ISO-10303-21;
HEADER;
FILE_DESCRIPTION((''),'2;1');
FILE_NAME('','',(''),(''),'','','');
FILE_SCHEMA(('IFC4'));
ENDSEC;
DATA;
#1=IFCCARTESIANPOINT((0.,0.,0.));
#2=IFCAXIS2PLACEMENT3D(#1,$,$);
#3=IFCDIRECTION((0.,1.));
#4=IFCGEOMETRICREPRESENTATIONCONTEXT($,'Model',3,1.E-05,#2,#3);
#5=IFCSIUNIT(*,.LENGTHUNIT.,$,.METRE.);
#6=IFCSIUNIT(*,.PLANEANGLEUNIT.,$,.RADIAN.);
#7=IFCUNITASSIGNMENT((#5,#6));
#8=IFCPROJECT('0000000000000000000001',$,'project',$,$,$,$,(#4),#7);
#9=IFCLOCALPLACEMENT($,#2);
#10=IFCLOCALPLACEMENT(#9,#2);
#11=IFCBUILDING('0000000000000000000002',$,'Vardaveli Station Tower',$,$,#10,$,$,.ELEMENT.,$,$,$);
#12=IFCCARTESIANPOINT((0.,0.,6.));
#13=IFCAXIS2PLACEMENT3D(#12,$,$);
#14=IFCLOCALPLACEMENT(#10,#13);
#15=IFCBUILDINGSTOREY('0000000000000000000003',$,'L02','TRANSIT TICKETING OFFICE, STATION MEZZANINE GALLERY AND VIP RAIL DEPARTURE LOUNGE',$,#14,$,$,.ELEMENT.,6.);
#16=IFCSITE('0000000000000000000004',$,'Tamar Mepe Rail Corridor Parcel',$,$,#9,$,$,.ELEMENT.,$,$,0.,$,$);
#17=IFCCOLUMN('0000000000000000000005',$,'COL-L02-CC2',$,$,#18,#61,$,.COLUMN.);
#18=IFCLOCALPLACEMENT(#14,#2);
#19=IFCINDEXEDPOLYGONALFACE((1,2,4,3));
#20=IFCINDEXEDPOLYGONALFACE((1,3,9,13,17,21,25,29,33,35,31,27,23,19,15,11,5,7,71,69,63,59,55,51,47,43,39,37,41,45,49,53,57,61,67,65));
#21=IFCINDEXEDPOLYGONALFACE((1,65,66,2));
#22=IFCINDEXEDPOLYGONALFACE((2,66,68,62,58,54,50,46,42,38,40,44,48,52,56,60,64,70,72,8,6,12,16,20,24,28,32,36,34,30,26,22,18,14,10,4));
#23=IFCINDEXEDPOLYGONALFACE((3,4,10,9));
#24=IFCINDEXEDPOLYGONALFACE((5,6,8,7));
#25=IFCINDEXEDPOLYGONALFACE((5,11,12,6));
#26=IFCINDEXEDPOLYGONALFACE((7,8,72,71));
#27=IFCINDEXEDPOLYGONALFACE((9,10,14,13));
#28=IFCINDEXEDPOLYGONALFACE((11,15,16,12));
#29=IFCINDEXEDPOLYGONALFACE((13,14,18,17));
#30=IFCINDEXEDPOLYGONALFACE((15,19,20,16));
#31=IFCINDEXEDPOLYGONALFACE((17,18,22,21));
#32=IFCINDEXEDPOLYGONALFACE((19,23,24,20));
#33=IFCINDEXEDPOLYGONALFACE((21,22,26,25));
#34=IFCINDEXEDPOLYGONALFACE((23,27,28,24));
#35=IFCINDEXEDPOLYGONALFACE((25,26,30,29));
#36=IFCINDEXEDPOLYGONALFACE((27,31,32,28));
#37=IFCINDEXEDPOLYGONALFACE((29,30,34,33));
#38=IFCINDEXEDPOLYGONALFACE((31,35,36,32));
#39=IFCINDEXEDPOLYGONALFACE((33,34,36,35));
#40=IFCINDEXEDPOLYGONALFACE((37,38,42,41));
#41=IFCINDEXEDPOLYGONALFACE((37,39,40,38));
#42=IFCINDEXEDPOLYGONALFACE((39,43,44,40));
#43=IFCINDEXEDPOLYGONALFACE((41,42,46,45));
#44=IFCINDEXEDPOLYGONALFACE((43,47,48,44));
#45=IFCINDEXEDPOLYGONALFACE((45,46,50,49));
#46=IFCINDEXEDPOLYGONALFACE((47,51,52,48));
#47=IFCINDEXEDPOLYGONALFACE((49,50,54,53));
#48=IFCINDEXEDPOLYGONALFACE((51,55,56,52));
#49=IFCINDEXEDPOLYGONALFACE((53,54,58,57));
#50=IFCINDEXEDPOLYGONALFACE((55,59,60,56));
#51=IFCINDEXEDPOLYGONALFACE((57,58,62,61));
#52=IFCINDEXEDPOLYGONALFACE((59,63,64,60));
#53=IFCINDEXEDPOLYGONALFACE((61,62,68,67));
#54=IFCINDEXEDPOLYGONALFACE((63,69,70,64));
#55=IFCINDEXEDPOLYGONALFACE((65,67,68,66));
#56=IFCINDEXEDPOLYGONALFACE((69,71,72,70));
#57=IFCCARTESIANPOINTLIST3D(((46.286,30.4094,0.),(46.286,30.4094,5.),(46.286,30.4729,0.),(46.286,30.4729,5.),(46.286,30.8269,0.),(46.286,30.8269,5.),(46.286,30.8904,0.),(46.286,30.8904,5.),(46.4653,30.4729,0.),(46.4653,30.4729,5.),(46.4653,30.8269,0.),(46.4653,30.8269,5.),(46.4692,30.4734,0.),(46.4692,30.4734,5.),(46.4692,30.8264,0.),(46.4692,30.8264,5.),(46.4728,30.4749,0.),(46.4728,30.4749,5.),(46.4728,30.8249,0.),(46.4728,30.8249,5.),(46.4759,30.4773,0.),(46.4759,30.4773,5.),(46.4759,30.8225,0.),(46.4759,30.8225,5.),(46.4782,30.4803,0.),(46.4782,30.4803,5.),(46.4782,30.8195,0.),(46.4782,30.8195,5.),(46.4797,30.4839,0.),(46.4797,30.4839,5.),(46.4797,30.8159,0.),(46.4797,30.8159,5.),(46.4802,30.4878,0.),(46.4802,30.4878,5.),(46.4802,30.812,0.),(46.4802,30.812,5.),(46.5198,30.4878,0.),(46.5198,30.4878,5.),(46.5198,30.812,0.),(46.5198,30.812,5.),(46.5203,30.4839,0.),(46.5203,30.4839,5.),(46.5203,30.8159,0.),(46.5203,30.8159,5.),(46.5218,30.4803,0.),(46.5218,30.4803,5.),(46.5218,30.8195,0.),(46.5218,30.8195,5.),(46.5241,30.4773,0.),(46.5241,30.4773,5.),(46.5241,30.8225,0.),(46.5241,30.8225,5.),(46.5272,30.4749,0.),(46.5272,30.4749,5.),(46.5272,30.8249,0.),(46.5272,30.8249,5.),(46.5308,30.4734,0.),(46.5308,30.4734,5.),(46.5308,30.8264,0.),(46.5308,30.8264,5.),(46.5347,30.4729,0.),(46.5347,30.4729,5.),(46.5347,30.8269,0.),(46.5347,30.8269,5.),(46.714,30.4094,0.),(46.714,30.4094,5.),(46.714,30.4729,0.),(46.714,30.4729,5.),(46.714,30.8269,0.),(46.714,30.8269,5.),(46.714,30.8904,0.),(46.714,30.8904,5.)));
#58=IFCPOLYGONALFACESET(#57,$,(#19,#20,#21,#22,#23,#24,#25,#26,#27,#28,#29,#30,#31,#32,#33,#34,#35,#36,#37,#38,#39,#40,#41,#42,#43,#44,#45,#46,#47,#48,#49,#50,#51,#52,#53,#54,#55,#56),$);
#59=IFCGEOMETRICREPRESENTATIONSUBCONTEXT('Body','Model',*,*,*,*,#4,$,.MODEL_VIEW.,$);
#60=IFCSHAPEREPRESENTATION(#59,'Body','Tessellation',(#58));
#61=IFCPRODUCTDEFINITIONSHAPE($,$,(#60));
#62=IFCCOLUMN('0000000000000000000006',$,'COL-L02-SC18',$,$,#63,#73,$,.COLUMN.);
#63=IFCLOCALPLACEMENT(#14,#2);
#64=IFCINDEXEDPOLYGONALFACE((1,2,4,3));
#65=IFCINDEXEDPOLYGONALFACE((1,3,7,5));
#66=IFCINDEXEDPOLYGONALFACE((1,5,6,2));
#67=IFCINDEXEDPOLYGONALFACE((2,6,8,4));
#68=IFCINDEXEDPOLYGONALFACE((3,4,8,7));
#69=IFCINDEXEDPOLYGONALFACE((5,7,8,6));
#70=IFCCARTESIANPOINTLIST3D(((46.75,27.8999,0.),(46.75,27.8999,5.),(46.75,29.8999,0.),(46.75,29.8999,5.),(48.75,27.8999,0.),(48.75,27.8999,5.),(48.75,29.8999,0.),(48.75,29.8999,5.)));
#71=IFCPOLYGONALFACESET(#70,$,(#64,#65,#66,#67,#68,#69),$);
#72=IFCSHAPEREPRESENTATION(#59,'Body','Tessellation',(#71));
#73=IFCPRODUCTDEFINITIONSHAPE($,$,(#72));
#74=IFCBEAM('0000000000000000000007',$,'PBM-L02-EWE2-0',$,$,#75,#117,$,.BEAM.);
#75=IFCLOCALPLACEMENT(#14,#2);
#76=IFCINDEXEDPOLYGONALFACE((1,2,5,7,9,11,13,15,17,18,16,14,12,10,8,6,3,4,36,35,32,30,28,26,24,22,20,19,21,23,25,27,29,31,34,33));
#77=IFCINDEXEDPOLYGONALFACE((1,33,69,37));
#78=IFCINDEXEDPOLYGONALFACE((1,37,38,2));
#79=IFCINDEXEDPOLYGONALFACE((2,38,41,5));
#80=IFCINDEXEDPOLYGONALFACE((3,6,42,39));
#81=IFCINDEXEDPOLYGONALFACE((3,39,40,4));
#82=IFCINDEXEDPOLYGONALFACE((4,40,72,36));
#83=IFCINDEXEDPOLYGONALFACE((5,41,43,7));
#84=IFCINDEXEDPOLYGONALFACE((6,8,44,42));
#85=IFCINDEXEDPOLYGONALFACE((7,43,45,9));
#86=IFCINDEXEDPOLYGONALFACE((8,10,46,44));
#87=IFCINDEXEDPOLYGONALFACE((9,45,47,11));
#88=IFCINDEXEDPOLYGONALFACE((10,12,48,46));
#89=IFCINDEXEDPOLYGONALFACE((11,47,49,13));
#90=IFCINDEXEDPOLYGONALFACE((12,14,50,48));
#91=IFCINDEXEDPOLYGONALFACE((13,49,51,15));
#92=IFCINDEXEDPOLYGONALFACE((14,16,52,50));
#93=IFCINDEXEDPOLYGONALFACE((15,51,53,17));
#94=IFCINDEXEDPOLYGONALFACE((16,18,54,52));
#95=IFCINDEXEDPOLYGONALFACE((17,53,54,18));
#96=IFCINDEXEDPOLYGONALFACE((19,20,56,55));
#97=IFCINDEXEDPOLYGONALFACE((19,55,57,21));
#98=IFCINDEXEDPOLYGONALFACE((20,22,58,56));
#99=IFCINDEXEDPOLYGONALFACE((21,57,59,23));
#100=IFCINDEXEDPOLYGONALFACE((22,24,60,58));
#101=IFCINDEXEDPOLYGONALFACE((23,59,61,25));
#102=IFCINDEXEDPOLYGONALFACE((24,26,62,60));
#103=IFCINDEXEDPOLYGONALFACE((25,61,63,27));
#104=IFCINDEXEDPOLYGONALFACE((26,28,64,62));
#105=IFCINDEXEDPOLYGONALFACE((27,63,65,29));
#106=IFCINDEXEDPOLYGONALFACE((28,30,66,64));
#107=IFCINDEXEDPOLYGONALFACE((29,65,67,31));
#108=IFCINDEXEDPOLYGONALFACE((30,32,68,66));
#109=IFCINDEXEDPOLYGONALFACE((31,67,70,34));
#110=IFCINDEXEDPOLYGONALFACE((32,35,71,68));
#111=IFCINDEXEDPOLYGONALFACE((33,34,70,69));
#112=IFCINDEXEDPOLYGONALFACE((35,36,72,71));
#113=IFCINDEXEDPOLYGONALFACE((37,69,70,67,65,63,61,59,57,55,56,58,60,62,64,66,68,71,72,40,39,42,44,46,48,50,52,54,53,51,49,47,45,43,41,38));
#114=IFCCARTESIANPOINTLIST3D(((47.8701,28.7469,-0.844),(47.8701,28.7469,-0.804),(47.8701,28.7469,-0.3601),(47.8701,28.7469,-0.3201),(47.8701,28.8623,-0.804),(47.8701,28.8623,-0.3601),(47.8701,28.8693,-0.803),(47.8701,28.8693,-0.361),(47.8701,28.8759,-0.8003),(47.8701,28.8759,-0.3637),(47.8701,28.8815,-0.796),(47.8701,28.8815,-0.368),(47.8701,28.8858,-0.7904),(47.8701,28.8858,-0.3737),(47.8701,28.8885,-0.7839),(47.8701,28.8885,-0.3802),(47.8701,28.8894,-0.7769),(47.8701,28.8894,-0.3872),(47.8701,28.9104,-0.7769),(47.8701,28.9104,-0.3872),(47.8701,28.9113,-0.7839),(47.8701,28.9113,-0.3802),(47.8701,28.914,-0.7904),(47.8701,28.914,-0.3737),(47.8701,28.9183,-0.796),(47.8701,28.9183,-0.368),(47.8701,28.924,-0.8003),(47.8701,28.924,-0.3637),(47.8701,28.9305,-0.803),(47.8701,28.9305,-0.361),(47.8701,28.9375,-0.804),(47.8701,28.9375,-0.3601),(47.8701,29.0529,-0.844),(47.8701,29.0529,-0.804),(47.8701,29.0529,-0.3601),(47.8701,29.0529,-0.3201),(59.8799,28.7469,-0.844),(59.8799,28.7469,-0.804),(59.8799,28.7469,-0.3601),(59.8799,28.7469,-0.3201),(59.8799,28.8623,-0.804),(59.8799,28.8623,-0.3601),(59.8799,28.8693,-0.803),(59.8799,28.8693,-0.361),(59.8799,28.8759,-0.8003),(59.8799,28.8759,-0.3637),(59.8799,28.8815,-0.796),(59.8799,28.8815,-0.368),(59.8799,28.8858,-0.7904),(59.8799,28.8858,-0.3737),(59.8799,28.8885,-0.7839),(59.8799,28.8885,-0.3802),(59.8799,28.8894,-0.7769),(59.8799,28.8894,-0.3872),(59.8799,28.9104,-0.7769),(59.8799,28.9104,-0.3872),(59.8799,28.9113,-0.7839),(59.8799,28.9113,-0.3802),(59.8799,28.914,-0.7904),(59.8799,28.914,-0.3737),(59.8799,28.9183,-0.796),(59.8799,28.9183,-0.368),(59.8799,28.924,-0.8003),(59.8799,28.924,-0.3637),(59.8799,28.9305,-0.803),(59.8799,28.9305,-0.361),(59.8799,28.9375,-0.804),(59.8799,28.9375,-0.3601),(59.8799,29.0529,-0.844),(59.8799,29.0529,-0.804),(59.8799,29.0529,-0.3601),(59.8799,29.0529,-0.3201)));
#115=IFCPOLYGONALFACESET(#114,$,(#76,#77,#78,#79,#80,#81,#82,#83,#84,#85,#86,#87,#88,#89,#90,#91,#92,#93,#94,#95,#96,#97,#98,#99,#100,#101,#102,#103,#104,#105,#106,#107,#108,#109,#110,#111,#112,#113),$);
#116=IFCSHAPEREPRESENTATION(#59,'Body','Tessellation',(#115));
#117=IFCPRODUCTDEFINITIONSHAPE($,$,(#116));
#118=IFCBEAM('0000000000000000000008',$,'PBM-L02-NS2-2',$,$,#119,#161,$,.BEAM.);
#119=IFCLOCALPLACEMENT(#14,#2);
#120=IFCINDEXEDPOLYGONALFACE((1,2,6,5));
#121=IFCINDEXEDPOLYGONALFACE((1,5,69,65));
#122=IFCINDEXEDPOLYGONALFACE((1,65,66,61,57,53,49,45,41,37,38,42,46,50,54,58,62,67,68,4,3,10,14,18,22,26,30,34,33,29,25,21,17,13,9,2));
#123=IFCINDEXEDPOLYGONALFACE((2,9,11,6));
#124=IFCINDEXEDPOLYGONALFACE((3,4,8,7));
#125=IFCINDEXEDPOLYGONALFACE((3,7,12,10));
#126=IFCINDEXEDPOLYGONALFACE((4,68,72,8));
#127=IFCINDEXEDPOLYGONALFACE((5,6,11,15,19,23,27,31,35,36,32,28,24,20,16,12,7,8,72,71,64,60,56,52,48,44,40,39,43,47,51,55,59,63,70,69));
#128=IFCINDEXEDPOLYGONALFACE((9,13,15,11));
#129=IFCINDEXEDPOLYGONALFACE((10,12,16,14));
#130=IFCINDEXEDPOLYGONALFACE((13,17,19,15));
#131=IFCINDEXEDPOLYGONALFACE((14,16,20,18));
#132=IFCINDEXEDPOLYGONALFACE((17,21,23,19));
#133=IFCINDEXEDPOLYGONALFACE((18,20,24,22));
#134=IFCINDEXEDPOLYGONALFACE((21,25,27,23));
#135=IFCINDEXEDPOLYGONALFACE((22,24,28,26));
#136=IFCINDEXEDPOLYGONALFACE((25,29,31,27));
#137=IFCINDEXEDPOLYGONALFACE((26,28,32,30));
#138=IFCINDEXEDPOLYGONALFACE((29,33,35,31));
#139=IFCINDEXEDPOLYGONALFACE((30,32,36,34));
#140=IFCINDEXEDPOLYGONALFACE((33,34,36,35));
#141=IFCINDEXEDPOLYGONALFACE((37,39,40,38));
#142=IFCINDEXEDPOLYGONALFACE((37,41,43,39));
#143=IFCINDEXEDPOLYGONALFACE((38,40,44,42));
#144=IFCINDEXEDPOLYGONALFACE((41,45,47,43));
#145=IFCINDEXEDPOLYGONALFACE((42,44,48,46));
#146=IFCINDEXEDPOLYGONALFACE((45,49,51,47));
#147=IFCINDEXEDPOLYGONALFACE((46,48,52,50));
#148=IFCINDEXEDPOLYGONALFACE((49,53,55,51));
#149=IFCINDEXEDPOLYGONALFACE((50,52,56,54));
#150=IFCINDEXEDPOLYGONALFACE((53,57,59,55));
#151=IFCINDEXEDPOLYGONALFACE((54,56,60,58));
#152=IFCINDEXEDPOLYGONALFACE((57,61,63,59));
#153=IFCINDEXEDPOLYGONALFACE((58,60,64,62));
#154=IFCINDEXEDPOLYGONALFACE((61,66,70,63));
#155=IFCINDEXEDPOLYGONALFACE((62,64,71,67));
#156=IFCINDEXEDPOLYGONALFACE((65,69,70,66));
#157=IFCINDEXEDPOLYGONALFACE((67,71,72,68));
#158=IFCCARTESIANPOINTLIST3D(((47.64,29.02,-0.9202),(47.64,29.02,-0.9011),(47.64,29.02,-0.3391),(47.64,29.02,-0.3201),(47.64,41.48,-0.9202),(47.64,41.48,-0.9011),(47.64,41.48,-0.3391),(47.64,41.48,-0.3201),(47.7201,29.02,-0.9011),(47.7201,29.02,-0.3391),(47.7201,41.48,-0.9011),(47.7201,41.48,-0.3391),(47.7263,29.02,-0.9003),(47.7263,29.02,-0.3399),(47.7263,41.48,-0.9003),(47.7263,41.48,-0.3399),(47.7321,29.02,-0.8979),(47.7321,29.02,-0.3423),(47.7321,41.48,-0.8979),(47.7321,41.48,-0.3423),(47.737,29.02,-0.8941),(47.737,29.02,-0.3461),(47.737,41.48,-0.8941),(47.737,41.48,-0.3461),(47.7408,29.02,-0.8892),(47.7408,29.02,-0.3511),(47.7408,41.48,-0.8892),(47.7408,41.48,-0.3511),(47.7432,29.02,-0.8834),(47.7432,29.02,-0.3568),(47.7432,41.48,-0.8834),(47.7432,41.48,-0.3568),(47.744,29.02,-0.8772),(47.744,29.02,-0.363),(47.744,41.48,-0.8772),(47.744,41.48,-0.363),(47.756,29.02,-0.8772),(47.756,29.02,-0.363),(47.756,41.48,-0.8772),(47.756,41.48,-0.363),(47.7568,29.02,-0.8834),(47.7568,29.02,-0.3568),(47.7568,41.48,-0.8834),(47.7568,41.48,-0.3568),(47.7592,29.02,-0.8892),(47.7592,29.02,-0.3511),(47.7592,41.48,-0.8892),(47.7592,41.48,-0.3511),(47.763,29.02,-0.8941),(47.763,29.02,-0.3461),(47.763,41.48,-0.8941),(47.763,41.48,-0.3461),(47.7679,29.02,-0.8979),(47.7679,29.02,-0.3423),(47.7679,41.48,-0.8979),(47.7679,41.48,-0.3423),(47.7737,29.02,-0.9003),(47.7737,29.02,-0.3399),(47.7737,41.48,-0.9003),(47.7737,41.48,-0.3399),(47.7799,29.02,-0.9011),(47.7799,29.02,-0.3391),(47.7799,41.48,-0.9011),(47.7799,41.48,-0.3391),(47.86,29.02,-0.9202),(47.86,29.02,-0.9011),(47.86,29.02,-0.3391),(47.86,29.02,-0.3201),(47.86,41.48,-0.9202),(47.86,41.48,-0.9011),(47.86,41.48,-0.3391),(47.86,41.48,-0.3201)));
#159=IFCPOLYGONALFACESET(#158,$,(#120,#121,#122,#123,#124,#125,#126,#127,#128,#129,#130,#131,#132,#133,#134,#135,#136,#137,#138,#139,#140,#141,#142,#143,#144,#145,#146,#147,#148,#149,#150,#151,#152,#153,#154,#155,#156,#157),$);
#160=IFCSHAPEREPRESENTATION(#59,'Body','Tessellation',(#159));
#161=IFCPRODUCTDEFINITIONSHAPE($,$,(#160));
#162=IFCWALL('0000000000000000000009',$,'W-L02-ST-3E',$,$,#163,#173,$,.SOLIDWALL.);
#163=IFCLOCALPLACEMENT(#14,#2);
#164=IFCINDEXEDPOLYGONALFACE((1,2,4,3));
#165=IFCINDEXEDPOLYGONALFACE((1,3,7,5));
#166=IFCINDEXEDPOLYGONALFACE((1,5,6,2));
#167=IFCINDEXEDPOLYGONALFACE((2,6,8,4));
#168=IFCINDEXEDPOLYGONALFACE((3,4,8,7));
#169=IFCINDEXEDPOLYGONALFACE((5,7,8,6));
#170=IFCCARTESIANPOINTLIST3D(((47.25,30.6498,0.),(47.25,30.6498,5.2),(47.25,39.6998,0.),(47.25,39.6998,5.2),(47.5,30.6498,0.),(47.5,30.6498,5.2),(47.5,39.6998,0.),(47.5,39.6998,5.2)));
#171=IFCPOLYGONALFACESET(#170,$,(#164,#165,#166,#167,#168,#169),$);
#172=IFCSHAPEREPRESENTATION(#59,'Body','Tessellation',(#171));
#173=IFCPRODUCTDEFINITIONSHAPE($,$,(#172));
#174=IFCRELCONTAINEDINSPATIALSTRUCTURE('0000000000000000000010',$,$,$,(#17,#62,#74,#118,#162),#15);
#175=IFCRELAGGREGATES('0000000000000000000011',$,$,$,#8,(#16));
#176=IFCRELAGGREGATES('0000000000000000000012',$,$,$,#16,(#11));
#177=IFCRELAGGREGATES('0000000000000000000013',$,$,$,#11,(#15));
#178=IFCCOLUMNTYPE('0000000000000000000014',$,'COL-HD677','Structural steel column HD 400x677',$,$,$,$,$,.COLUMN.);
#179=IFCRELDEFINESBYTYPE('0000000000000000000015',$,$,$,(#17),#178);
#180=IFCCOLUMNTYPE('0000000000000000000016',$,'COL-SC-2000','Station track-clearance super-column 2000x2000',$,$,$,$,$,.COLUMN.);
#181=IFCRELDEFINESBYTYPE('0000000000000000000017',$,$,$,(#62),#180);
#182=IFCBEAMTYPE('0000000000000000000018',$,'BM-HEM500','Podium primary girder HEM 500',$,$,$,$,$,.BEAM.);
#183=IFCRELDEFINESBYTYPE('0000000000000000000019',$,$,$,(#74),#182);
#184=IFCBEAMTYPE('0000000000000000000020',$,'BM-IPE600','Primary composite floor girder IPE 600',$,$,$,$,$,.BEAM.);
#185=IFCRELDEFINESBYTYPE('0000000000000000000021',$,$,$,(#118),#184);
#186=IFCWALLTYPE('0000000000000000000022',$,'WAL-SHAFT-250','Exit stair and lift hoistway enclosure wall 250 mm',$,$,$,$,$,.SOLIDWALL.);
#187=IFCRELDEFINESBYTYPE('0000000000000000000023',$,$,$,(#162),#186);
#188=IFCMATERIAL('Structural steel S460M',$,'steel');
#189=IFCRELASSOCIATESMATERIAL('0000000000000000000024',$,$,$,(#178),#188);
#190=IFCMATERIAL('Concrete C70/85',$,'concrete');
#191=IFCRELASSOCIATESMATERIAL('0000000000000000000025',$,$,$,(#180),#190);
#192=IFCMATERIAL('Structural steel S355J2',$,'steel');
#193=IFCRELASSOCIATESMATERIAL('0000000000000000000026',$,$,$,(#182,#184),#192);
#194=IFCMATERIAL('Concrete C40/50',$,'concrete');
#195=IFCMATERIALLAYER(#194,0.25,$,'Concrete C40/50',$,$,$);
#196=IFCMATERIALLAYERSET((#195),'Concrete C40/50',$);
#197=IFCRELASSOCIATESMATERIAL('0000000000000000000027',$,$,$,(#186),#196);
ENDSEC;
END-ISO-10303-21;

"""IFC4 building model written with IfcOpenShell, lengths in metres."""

from ifc_helpers import new_model, si_unit, direction, frame, frame_2d, origin, origin_2d, place, context, subcontext, project, spatial, rectangle, i_section, extrude, source, transform, mapped, material, layer, layer_set, material_profile, profile_set, type_object, element, save


model = new_model("IFC4")

# Units and contexts
model_context = context("Model", 3, precision=1e-05, world=origin(), true_north=direction((0.0, 1.0)))
body_context = subcontext(model_context, "Body", "Model", "MODEL_VIEW")
ifc_project = project(units=[si_unit("LENGTHUNIT", "METRE"), si_unit("PLANEANGLEUNIT", "RADIAN")], contexts=[model_context])

# Site, building, storey
site_placement = place(None, origin())
site = spatial("IfcSite", under=ifc_project, at=site_placement, Name="Tamar Mepe Rail Corridor Parcel", CompositionType="ELEMENT", RefElevation=0.0)
building_placement = place(site_placement, origin())
building = spatial("IfcBuilding", under=site, at=building_placement, Name="Vardaveli Station Tower", CompositionType="ELEMENT")
storey_placement = place(building_placement, frame((0.0, 0.0, 6.0)))
storey = spatial("IfcBuildingStorey", under=building, at=storey_placement, Name="L02", Description="TRANSIT TICKETING OFFICE, STATION MEZZANINE GALLERY AND VIP RAIL DEPARTURE LOUNGE", CompositionType="ELEMENT", Elevation=6.0)

# Columns
ifc_material_1 = material(Name="Structural steel S460M", Category="steel")
ifc_material_profile_1 = material_profile(ifc_material_1, i_section(OverallWidth=0.428, OverallDepth=0.481, WebThickness=0.0396, FlangeThickness=0.0635, FilletRadius=0.0149, at=origin_2d()), Name="HD 400x677")
ifc_profile_set_1 = profile_set([ifc_material_profile_1], Name="Structural steel S460M")
column_type_1 = type_object("IfcColumnType", Name="COL-HD677", Description="Structural steel column HD 400x677", PredefinedType="COLUMN", material=ifc_profile_set_1)
shared_shape_1 = source(origin(), body_context, "Body", "SweptSolid", [
    extrude(i_section(OverallWidth=0.428, OverallDepth=0.481, WebThickness=0.0396, FlangeThickness=0.0635, FilletRadius=0.0149, at=origin_2d()), origin(), (0.0, 0.0, 1.0), 5.0),
])
column_1_placement = place(storey_placement, frame((46.5, 30.6499, 0.0), z_axis=(0.0, 0.0, 1.0), x_axis=(1.0, 0.0, 0.0)))
element("IfcColumn", 1, at=column_1_placement, inside=storey, type_object=column_type_1, Name="COL-L02-CC2", PredefinedType="COLUMN", context=body_context, shape_type="MappedRepresentation", body=[
    mapped(shared_shape_1, transform((0.0, 0.0, 0.0), scale=1.0)),
])
ifc_material_2 = material(Name="Concrete C70/85", Category="concrete")
ifc_material_profile_2 = material_profile(ifc_material_2, rectangle(XDim=2.0, YDim=2.0, at=origin_2d()), Name="SC 2000x2000")
ifc_profile_set_2 = profile_set([ifc_material_profile_2], Name="Concrete C70/85")
column_type_2 = type_object("IfcColumnType", Name="COL-SC-2000", Description="Station track-clearance super-column 2000x2000", PredefinedType="COLUMN", material=ifc_profile_set_2)
shared_shape_2 = source(origin(), body_context, "Body", "SweptSolid", [
    extrude(rectangle(XDim=2.0, YDim=2.0, at=origin_2d()), origin(), (0.0, 0.0, 1.0), 5.0),
])
column_2_placement = place(storey_placement, frame((47.75, 28.8999, 0.0), z_axis=(0.0, 0.0, 1.0), x_axis=(1.0, 0.0, 0.0)))
element("IfcColumn", 2, at=column_2_placement, inside=storey, type_object=column_type_2, Name="COL-L02-SC18", PredefinedType="COLUMN", context=body_context, shape_type="MappedRepresentation", body=[
    mapped(shared_shape_2, transform((0.0, 0.0, 0.0), scale=1.0)),
])

# Beams
ifc_material_3 = material(Name="Structural steel S355J2", Category="steel")
ifc_material_profile_3 = material_profile(ifc_material_3, i_section(OverallWidth=0.3059, OverallDepth=0.5239, WebThickness=0.021, FlangeThickness=0.04, FilletRadius=0.0271, at=origin_2d()), Name="HEM 500")
ifc_profile_set_3 = profile_set([ifc_material_profile_3], Name="Structural steel S355J2")
beam_type_1 = type_object("IfcBeamType", Name="BM-HEM500", Description="Podium primary girder HEM 500", PredefinedType="BEAM", material=ifc_profile_set_3)
shared_shape_3 = source(origin(), body_context, "Body", "SweptSolid", [
    extrude(i_section(OverallWidth=0.3059, OverallDepth=0.5239, WebThickness=0.021, FlangeThickness=0.04, FilletRadius=0.0271, at=origin_2d()), origin(), (0.0, 0.0, 1.0), 12.0098),
])
beam_1_placement = place(storey_placement, frame((47.8701, 28.8999, -0.582), z_axis=(1.0, 0.0, 0.0), x_axis=(0.0, 1.0, 0.0)))
element("IfcBeam", 3, at=beam_1_placement, inside=storey, type_object=beam_type_1, Name="PBM-L02-EWE2-0", PredefinedType="BEAM", context=body_context, shape_type="MappedRepresentation", body=[
    mapped(shared_shape_3, transform((0.0, 0.0, 0.0), scale=1.0)),
])
ifc_material_profile_4 = material_profile(ifc_material_3, i_section(OverallWidth=0.22, OverallDepth=0.6001, WebThickness=0.012, FlangeThickness=0.019, FilletRadius=0.0239, at=origin_2d()), Name="IPE 600")
ifc_profile_set_4 = profile_set([ifc_material_profile_4], Name="Structural steel S355J2")
beam_type_2 = type_object("IfcBeamType", Name="BM-IPE600", Description="Primary composite floor girder IPE 600", PredefinedType="BEAM", material=ifc_profile_set_4)
shared_shape_4 = source(origin(), body_context, "Body", "SweptSolid", [
    extrude(i_section(OverallWidth=0.22, OverallDepth=0.6001, WebThickness=0.012, FlangeThickness=0.019, FilletRadius=0.0239, at=origin_2d()), origin(), (0.0, 0.0, 1.0), 12.46),
])
beam_2_placement = place(storey_placement, frame((47.75, 29.02, -0.6201), z_axis=(0.0, 1.0, 0.0), x_axis=(-1.0, 0.0, 0.0)))
element("IfcBeam", 4, at=beam_2_placement, inside=storey, type_object=beam_type_2, Name="PBM-L02-NS2-2", PredefinedType="BEAM", context=body_context, shape_type="MappedRepresentation", body=[
    mapped(shared_shape_4, transform((0.0, 0.0, 0.0), scale=1.0)),
])

# Wall
ifc_material_4 = material(Name="Concrete C40/50", Category="concrete")
ifc_layer_1 = layer(ifc_material_4, 0.25, Name="Concrete C40/50")
ifc_layer_set_1 = layer_set([ifc_layer_1], Name="Concrete C40/50")
wall_type_1 = type_object("IfcWallType", Name="WAL-SHAFT-250", Description="Exit stair and lift hoistway enclosure wall 250 mm", PredefinedType="SOLIDWALL", material=ifc_layer_set_1)
shared_shape_5 = source(origin(), body_context, "Body", "SweptSolid", [
    extrude(rectangle(XDim=9.05, YDim=0.25, at=frame_2d((4.5249, 0.0))), origin(), (0.0, 0.0, 1.0), 5.2),
])
wall_1_placement = place(storey_placement, frame((47.375, 30.6499, 0.0), z_axis=(0.0, 0.0, 1.0), x_axis=(0.0, 1.0, 0.0)))
element("IfcWall", 5, at=wall_1_placement, inside=storey, type_object=wall_type_1, Name="W-L02-ST-3E", PredefinedType="SOLIDWALL", context=body_context, shape_type="MappedRepresentation", body=[
    mapped(shared_shape_5, transform((0.0, 0.0, 0.0), scale=1.0)),
])

save(model, "model.ifc")
